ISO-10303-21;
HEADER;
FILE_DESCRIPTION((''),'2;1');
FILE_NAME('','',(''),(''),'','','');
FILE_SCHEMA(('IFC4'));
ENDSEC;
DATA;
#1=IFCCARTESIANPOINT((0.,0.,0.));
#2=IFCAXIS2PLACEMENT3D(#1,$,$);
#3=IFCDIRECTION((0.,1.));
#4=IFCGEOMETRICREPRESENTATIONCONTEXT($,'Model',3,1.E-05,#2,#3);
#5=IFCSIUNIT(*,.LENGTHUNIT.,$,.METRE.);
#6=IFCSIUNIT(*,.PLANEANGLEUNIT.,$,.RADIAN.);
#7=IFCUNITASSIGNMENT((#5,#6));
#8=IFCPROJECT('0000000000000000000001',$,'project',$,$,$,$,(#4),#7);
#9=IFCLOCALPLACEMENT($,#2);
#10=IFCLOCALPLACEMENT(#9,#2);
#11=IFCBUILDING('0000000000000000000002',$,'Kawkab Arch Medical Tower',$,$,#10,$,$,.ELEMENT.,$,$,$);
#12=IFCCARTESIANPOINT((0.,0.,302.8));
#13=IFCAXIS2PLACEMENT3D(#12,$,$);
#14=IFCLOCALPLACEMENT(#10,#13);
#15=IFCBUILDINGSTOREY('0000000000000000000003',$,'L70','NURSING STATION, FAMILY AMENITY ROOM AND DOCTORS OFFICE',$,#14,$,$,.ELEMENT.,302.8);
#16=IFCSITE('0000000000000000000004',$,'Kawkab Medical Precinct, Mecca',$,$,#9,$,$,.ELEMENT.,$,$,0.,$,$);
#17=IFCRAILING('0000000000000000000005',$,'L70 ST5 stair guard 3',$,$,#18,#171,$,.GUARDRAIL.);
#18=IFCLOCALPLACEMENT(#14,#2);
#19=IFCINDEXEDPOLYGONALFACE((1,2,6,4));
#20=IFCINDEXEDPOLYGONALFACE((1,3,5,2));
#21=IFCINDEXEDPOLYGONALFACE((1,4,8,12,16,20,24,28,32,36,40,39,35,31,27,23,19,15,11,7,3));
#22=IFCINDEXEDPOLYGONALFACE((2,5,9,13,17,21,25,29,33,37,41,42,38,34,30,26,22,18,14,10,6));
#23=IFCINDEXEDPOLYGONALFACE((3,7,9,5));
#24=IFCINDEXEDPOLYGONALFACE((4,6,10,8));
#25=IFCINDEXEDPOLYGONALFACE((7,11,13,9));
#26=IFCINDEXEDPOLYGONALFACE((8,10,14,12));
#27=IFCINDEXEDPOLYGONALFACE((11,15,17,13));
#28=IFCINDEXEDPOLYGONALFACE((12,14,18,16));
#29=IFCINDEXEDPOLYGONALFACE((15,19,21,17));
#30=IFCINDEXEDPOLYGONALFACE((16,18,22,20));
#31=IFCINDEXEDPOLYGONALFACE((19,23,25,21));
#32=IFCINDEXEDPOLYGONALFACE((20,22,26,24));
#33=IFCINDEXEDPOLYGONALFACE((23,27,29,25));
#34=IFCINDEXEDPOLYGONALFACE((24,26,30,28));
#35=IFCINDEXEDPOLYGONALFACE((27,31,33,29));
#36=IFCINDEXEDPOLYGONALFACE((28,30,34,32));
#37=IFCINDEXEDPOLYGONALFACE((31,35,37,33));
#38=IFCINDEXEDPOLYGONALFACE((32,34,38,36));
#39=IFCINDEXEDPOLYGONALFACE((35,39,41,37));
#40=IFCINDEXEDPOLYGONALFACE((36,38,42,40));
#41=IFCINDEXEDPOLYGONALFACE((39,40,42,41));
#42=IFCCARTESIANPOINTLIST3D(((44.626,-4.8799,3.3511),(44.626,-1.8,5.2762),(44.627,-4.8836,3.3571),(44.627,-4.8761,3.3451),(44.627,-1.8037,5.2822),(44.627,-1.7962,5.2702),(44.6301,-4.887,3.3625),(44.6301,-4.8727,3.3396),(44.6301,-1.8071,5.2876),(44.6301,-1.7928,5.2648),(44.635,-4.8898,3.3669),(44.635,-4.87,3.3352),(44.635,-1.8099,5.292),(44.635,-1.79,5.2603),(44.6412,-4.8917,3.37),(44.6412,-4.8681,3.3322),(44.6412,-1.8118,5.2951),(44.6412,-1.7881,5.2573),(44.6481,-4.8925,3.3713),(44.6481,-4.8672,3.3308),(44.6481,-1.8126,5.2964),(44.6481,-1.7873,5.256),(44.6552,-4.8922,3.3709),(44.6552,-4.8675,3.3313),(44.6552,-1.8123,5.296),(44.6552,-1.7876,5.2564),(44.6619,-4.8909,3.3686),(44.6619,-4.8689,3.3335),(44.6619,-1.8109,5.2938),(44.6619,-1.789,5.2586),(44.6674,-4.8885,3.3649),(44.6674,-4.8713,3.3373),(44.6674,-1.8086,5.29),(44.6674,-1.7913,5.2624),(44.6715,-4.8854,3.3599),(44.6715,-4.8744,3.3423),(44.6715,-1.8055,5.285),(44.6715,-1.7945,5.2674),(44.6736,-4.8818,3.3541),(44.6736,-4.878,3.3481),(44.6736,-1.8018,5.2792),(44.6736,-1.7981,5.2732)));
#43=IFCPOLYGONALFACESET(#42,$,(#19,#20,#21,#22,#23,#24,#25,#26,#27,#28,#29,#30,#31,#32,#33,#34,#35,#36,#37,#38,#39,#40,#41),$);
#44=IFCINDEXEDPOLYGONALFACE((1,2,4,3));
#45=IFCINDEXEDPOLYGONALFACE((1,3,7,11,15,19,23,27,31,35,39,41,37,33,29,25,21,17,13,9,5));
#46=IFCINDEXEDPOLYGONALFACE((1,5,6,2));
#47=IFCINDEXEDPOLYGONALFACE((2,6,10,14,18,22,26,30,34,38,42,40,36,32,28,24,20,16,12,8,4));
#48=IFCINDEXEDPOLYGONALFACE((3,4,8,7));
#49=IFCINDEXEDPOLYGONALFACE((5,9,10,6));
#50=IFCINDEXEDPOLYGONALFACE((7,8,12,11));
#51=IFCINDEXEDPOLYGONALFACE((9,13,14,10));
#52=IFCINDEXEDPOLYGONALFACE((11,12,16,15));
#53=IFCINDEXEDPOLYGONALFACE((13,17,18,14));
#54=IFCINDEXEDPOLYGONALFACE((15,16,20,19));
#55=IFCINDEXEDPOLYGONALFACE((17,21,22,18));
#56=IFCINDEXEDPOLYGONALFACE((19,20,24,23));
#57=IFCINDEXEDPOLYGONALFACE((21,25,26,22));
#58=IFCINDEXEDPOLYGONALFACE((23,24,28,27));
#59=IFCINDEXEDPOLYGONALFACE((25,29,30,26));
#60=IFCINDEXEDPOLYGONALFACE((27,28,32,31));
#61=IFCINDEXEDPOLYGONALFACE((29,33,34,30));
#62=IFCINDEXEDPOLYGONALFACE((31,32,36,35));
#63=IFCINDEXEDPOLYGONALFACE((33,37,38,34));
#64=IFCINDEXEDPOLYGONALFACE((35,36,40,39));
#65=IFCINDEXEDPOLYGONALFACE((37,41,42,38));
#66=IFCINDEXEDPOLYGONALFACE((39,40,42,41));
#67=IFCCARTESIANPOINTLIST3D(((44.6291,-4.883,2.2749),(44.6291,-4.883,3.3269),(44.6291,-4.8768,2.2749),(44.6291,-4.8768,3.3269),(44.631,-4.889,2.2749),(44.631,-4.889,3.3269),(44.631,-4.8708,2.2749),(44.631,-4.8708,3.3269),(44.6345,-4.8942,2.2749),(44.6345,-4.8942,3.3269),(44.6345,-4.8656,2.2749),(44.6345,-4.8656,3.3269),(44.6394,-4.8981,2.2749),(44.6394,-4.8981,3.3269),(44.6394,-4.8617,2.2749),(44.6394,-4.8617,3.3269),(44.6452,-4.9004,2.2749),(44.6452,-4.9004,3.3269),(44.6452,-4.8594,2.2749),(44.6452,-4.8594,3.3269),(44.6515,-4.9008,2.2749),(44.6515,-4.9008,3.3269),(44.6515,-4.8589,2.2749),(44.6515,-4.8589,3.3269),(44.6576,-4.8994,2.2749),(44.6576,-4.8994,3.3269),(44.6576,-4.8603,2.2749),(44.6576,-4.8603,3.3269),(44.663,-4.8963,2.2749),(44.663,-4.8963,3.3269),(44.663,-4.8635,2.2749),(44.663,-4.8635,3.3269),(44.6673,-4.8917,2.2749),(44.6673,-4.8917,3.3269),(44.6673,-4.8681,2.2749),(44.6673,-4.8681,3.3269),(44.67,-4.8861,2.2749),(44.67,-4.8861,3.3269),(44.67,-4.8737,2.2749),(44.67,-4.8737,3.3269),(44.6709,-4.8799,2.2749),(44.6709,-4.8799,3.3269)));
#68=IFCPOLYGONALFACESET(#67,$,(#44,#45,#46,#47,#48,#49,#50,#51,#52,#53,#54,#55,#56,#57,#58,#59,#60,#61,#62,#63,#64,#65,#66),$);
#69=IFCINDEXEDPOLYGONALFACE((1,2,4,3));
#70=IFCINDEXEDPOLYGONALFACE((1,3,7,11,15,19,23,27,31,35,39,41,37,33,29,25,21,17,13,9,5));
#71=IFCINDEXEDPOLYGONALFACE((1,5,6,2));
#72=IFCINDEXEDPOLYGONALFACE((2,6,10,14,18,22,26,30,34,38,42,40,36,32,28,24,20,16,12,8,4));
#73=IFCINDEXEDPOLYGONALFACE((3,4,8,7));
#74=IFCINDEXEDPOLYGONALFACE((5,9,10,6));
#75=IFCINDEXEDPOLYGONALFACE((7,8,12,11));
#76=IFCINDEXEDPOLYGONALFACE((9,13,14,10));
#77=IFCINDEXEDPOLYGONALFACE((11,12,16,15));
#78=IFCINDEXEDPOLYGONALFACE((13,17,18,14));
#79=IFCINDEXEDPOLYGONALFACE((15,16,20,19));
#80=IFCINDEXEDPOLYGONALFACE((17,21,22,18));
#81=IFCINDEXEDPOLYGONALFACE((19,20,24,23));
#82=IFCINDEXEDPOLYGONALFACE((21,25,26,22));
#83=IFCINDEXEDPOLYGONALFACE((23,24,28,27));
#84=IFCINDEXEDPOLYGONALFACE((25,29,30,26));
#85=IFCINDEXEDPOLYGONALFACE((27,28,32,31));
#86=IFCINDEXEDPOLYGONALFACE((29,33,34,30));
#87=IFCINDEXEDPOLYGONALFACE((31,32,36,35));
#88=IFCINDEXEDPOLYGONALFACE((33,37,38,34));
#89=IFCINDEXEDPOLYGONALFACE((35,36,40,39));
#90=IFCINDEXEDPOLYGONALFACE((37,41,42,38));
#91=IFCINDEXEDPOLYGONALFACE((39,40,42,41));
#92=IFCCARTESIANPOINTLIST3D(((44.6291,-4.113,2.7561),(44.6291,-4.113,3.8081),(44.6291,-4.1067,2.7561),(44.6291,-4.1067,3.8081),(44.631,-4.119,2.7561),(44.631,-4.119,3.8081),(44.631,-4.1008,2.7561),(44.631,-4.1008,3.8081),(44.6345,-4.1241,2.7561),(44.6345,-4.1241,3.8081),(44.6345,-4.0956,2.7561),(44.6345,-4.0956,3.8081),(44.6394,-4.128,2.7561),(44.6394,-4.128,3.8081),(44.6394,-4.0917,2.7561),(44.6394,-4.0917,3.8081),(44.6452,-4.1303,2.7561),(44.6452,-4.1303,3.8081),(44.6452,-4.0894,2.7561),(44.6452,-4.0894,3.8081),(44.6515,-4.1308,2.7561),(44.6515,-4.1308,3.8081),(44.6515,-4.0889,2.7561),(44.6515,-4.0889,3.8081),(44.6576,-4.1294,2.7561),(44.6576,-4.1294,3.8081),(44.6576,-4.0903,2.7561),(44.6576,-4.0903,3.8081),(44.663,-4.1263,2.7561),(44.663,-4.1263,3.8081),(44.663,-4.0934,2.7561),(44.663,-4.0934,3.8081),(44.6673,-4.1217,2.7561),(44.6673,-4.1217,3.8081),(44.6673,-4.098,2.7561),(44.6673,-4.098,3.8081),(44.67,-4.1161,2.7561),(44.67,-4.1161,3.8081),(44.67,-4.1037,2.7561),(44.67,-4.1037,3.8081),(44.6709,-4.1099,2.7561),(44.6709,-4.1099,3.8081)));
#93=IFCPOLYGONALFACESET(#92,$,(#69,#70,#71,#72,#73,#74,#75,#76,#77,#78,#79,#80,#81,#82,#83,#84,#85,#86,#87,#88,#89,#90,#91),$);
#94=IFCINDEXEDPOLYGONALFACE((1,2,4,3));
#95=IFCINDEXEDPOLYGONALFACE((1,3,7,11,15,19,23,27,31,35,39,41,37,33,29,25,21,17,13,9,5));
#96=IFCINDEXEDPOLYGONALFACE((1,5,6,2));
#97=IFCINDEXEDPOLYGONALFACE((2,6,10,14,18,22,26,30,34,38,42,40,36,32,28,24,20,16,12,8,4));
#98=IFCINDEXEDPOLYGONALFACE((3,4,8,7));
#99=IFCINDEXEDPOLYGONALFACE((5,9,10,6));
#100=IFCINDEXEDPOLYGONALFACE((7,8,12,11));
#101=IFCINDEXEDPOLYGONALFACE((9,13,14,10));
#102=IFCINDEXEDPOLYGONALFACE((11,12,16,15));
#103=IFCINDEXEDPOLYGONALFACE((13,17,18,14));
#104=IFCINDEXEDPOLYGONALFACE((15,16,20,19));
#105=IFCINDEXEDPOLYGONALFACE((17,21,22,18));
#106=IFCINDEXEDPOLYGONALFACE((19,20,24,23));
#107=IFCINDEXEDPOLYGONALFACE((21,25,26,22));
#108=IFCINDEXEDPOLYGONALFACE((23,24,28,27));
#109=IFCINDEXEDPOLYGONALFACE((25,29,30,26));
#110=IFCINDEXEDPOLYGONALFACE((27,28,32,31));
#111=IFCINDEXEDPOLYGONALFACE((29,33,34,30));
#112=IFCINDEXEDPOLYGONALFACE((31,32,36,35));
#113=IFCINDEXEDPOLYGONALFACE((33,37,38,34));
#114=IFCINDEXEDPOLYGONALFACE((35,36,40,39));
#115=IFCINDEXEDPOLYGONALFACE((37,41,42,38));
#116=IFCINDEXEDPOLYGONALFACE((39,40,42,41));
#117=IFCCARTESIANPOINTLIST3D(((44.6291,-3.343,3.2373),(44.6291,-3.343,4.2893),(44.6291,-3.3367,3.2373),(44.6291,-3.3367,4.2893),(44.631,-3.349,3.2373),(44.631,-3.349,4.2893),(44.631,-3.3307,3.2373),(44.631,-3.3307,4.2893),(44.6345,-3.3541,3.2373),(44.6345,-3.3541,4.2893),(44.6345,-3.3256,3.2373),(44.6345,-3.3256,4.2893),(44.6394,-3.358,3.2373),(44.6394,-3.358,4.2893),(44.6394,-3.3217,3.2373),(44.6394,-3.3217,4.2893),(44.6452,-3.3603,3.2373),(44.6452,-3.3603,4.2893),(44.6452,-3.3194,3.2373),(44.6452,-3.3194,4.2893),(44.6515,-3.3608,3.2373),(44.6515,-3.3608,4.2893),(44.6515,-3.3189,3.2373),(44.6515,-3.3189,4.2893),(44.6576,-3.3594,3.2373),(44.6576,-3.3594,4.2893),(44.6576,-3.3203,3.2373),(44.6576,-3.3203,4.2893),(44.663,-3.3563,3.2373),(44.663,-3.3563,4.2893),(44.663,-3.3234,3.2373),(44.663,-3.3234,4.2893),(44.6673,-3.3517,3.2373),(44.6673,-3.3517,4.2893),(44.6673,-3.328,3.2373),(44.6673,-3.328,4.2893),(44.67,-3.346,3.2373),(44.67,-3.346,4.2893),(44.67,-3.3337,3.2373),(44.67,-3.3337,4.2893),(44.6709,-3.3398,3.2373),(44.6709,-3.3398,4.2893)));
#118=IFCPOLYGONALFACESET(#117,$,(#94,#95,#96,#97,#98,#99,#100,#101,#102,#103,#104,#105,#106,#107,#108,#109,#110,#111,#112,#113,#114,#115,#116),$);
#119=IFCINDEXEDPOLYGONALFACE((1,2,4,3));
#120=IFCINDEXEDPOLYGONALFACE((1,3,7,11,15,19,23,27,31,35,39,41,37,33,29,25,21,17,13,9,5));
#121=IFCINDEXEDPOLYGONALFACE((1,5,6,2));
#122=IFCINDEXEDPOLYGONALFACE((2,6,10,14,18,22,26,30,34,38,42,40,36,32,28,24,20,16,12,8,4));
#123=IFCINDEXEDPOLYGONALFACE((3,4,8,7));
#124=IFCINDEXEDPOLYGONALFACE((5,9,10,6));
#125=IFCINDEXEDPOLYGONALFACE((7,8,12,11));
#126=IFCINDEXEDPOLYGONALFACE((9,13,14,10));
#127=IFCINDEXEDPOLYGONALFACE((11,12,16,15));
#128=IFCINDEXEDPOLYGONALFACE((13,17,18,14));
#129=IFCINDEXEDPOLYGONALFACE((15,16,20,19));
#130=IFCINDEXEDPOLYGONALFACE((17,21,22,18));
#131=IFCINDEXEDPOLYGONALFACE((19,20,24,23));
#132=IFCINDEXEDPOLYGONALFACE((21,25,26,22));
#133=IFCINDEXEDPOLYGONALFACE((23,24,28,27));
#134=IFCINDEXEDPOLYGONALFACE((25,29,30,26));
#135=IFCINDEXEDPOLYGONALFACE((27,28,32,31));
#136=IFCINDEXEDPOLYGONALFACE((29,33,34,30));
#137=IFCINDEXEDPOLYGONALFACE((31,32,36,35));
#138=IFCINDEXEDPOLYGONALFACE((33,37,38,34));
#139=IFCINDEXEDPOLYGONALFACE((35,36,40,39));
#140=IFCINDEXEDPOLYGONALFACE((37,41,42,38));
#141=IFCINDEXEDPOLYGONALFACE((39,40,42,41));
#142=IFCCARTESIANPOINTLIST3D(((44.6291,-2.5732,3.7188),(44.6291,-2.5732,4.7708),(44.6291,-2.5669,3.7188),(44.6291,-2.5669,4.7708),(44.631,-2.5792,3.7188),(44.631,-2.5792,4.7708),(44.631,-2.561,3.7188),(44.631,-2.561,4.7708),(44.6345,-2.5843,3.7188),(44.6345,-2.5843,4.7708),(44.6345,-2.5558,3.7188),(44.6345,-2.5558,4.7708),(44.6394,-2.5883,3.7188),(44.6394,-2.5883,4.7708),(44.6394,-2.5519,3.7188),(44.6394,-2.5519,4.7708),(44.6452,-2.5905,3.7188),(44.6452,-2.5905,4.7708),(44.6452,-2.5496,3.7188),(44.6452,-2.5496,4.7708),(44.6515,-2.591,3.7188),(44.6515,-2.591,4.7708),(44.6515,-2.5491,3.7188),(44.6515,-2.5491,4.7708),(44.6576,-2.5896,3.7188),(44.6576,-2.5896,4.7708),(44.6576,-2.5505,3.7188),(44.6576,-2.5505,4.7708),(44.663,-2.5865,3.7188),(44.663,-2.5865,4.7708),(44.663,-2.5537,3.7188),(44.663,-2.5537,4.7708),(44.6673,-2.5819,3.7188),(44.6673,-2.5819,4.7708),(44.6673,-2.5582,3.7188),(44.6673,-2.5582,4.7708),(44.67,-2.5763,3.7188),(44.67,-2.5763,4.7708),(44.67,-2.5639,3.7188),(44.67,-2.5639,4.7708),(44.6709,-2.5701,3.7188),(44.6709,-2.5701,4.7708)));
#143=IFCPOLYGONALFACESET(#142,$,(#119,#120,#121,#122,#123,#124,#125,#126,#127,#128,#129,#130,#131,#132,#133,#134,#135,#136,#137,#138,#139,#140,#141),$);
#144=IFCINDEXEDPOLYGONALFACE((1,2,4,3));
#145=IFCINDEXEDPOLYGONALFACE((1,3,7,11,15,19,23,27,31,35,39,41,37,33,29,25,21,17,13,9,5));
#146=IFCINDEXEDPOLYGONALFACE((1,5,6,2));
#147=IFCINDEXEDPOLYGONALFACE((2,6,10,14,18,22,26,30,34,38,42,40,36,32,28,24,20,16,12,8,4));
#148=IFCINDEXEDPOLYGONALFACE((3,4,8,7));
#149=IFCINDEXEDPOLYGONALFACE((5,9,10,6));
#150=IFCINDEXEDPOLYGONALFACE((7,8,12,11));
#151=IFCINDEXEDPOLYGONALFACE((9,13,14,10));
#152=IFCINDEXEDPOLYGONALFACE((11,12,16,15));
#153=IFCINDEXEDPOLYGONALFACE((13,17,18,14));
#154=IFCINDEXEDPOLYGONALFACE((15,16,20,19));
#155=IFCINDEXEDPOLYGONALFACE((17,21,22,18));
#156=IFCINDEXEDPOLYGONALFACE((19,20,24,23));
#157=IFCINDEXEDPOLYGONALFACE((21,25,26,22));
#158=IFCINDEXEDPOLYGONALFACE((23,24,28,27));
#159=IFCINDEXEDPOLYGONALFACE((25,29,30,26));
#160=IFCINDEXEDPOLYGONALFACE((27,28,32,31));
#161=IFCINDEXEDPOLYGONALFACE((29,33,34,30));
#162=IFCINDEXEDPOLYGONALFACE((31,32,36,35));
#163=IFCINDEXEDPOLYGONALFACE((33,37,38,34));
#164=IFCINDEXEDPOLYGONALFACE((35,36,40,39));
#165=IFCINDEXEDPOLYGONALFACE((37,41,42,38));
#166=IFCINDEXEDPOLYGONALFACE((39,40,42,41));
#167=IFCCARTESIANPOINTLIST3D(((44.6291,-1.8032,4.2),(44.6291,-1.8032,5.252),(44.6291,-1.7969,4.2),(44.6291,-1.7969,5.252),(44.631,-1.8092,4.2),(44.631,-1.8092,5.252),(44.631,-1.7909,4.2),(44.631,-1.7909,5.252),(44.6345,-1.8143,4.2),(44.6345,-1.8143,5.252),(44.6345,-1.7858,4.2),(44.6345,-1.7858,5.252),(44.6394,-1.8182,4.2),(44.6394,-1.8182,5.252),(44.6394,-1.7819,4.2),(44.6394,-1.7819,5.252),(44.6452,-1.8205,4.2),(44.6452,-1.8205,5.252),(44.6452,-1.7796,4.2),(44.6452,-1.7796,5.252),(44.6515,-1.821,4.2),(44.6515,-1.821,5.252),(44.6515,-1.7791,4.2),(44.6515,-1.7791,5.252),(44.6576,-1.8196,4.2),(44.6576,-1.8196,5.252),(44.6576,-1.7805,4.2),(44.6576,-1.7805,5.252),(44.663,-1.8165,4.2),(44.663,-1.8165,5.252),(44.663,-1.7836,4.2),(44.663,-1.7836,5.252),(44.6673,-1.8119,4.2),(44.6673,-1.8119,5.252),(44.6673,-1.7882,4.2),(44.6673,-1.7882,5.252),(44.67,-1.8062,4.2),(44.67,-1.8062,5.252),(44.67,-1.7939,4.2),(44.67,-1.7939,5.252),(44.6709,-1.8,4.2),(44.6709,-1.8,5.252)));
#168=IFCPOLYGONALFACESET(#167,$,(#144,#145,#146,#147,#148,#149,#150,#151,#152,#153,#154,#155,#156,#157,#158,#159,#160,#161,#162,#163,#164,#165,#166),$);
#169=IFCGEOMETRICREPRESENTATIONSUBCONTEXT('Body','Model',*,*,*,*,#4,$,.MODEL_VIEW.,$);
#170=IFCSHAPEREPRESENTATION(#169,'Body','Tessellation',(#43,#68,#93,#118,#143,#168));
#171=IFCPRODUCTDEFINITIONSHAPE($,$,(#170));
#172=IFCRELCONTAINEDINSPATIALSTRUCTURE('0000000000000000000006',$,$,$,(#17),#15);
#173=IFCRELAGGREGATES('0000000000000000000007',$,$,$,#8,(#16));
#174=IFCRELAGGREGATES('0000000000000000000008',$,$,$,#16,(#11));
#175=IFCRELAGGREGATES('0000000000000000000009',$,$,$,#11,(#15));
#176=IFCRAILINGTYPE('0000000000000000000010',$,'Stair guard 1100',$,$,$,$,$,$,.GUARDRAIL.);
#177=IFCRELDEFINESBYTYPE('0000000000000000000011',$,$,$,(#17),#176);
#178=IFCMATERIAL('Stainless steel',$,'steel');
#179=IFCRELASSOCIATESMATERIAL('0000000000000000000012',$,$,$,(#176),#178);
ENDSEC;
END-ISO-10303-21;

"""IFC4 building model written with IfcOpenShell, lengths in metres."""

from ifc_helpers import new_model, si_unit, direction, frame, origin, origin_2d, place, context, subcontext, project, spatial, circle, extrude, material, type_object, element, save


model = new_model("IFC4")

# Units and contexts
model_context = context("Model", 3, precision=1e-05, world=origin(), true_north=direction((0.0, 1.0)))
body_context = subcontext(model_context, "Body", "Model", "MODEL_VIEW")
ifc_project = project(units=[si_unit("LENGTHUNIT", "METRE"), si_unit("PLANEANGLEUNIT", "RADIAN")], contexts=[model_context])

# Site, building, storey
site_placement = place(None, origin())
site = spatial("IfcSite", under=ifc_project, at=site_placement, Name="Kawkab Medical Precinct, Mecca", CompositionType="ELEMENT", RefElevation=0.0)
building_placement = place(site_placement, origin())
building = spatial("IfcBuilding", under=site, at=building_placement, Name="Kawkab Arch Medical Tower", CompositionType="ELEMENT")
storey_placement = place(building_placement, frame((0.0, 0.0, 302.8)))
storey = spatial("IfcBuildingStorey", under=building, at=storey_placement, Name="L70", Description="NURSING STATION, FAMILY AMENITY ROOM AND DOCTORS OFFICE", CompositionType="ELEMENT", Elevation=302.8)

# Railing
ifc_material_1 = material(Name="Stainless steel", Category="steel")
railing_type = type_object("IfcRailingType", Name="Stair guard 1100", PredefinedType="GUARDRAIL", material=ifc_material_1)
railing_1_placement = place(storey_placement, frame((44.6499, -4.8799, 2.2749)))
element("IfcRailing", 1, at=railing_1_placement, inside=storey, type_object=railing_type, Name="L70 ST5 stair guard 3", PredefinedType="GUARDRAIL", context=body_context, shape_type="SweptSolid", body=[
    extrude(circle(Radius=0.0239, at=origin_2d()), frame((0.0, 0.0, 1.0762), z_axis=(0.0, 0.847979, 0.530029), x_axis=(-1.0, 0.0, 0.0)), (0.0, 0.0, 1.0), 3.6321),
    extrude(circle(Radius=0.021, at=origin_2d()), origin(), (0.0, 0.0, 1.0), 1.052),
    extrude(circle(Radius=0.021, at=origin_2d()), frame((0.0, 0.77, 0.4812)), (0.0, 0.0, 1.0), 1.052),
    extrude(circle(Radius=0.021, at=origin_2d()), frame((0.0, 1.54, 0.9624)), (0.0, 0.0, 1.0), 1.052),
    extrude(circle(Radius=0.021, at=origin_2d()), frame((0.0, 2.3098, 1.4438)), (0.0, 0.0, 1.0), 1.052),
    extrude(circle(Radius=0.021, at=origin_2d()), frame((0.0, 3.0798, 1.925)), (0.0, 0.0, 1.0), 1.052),
])

save(model, "model.ifc")
